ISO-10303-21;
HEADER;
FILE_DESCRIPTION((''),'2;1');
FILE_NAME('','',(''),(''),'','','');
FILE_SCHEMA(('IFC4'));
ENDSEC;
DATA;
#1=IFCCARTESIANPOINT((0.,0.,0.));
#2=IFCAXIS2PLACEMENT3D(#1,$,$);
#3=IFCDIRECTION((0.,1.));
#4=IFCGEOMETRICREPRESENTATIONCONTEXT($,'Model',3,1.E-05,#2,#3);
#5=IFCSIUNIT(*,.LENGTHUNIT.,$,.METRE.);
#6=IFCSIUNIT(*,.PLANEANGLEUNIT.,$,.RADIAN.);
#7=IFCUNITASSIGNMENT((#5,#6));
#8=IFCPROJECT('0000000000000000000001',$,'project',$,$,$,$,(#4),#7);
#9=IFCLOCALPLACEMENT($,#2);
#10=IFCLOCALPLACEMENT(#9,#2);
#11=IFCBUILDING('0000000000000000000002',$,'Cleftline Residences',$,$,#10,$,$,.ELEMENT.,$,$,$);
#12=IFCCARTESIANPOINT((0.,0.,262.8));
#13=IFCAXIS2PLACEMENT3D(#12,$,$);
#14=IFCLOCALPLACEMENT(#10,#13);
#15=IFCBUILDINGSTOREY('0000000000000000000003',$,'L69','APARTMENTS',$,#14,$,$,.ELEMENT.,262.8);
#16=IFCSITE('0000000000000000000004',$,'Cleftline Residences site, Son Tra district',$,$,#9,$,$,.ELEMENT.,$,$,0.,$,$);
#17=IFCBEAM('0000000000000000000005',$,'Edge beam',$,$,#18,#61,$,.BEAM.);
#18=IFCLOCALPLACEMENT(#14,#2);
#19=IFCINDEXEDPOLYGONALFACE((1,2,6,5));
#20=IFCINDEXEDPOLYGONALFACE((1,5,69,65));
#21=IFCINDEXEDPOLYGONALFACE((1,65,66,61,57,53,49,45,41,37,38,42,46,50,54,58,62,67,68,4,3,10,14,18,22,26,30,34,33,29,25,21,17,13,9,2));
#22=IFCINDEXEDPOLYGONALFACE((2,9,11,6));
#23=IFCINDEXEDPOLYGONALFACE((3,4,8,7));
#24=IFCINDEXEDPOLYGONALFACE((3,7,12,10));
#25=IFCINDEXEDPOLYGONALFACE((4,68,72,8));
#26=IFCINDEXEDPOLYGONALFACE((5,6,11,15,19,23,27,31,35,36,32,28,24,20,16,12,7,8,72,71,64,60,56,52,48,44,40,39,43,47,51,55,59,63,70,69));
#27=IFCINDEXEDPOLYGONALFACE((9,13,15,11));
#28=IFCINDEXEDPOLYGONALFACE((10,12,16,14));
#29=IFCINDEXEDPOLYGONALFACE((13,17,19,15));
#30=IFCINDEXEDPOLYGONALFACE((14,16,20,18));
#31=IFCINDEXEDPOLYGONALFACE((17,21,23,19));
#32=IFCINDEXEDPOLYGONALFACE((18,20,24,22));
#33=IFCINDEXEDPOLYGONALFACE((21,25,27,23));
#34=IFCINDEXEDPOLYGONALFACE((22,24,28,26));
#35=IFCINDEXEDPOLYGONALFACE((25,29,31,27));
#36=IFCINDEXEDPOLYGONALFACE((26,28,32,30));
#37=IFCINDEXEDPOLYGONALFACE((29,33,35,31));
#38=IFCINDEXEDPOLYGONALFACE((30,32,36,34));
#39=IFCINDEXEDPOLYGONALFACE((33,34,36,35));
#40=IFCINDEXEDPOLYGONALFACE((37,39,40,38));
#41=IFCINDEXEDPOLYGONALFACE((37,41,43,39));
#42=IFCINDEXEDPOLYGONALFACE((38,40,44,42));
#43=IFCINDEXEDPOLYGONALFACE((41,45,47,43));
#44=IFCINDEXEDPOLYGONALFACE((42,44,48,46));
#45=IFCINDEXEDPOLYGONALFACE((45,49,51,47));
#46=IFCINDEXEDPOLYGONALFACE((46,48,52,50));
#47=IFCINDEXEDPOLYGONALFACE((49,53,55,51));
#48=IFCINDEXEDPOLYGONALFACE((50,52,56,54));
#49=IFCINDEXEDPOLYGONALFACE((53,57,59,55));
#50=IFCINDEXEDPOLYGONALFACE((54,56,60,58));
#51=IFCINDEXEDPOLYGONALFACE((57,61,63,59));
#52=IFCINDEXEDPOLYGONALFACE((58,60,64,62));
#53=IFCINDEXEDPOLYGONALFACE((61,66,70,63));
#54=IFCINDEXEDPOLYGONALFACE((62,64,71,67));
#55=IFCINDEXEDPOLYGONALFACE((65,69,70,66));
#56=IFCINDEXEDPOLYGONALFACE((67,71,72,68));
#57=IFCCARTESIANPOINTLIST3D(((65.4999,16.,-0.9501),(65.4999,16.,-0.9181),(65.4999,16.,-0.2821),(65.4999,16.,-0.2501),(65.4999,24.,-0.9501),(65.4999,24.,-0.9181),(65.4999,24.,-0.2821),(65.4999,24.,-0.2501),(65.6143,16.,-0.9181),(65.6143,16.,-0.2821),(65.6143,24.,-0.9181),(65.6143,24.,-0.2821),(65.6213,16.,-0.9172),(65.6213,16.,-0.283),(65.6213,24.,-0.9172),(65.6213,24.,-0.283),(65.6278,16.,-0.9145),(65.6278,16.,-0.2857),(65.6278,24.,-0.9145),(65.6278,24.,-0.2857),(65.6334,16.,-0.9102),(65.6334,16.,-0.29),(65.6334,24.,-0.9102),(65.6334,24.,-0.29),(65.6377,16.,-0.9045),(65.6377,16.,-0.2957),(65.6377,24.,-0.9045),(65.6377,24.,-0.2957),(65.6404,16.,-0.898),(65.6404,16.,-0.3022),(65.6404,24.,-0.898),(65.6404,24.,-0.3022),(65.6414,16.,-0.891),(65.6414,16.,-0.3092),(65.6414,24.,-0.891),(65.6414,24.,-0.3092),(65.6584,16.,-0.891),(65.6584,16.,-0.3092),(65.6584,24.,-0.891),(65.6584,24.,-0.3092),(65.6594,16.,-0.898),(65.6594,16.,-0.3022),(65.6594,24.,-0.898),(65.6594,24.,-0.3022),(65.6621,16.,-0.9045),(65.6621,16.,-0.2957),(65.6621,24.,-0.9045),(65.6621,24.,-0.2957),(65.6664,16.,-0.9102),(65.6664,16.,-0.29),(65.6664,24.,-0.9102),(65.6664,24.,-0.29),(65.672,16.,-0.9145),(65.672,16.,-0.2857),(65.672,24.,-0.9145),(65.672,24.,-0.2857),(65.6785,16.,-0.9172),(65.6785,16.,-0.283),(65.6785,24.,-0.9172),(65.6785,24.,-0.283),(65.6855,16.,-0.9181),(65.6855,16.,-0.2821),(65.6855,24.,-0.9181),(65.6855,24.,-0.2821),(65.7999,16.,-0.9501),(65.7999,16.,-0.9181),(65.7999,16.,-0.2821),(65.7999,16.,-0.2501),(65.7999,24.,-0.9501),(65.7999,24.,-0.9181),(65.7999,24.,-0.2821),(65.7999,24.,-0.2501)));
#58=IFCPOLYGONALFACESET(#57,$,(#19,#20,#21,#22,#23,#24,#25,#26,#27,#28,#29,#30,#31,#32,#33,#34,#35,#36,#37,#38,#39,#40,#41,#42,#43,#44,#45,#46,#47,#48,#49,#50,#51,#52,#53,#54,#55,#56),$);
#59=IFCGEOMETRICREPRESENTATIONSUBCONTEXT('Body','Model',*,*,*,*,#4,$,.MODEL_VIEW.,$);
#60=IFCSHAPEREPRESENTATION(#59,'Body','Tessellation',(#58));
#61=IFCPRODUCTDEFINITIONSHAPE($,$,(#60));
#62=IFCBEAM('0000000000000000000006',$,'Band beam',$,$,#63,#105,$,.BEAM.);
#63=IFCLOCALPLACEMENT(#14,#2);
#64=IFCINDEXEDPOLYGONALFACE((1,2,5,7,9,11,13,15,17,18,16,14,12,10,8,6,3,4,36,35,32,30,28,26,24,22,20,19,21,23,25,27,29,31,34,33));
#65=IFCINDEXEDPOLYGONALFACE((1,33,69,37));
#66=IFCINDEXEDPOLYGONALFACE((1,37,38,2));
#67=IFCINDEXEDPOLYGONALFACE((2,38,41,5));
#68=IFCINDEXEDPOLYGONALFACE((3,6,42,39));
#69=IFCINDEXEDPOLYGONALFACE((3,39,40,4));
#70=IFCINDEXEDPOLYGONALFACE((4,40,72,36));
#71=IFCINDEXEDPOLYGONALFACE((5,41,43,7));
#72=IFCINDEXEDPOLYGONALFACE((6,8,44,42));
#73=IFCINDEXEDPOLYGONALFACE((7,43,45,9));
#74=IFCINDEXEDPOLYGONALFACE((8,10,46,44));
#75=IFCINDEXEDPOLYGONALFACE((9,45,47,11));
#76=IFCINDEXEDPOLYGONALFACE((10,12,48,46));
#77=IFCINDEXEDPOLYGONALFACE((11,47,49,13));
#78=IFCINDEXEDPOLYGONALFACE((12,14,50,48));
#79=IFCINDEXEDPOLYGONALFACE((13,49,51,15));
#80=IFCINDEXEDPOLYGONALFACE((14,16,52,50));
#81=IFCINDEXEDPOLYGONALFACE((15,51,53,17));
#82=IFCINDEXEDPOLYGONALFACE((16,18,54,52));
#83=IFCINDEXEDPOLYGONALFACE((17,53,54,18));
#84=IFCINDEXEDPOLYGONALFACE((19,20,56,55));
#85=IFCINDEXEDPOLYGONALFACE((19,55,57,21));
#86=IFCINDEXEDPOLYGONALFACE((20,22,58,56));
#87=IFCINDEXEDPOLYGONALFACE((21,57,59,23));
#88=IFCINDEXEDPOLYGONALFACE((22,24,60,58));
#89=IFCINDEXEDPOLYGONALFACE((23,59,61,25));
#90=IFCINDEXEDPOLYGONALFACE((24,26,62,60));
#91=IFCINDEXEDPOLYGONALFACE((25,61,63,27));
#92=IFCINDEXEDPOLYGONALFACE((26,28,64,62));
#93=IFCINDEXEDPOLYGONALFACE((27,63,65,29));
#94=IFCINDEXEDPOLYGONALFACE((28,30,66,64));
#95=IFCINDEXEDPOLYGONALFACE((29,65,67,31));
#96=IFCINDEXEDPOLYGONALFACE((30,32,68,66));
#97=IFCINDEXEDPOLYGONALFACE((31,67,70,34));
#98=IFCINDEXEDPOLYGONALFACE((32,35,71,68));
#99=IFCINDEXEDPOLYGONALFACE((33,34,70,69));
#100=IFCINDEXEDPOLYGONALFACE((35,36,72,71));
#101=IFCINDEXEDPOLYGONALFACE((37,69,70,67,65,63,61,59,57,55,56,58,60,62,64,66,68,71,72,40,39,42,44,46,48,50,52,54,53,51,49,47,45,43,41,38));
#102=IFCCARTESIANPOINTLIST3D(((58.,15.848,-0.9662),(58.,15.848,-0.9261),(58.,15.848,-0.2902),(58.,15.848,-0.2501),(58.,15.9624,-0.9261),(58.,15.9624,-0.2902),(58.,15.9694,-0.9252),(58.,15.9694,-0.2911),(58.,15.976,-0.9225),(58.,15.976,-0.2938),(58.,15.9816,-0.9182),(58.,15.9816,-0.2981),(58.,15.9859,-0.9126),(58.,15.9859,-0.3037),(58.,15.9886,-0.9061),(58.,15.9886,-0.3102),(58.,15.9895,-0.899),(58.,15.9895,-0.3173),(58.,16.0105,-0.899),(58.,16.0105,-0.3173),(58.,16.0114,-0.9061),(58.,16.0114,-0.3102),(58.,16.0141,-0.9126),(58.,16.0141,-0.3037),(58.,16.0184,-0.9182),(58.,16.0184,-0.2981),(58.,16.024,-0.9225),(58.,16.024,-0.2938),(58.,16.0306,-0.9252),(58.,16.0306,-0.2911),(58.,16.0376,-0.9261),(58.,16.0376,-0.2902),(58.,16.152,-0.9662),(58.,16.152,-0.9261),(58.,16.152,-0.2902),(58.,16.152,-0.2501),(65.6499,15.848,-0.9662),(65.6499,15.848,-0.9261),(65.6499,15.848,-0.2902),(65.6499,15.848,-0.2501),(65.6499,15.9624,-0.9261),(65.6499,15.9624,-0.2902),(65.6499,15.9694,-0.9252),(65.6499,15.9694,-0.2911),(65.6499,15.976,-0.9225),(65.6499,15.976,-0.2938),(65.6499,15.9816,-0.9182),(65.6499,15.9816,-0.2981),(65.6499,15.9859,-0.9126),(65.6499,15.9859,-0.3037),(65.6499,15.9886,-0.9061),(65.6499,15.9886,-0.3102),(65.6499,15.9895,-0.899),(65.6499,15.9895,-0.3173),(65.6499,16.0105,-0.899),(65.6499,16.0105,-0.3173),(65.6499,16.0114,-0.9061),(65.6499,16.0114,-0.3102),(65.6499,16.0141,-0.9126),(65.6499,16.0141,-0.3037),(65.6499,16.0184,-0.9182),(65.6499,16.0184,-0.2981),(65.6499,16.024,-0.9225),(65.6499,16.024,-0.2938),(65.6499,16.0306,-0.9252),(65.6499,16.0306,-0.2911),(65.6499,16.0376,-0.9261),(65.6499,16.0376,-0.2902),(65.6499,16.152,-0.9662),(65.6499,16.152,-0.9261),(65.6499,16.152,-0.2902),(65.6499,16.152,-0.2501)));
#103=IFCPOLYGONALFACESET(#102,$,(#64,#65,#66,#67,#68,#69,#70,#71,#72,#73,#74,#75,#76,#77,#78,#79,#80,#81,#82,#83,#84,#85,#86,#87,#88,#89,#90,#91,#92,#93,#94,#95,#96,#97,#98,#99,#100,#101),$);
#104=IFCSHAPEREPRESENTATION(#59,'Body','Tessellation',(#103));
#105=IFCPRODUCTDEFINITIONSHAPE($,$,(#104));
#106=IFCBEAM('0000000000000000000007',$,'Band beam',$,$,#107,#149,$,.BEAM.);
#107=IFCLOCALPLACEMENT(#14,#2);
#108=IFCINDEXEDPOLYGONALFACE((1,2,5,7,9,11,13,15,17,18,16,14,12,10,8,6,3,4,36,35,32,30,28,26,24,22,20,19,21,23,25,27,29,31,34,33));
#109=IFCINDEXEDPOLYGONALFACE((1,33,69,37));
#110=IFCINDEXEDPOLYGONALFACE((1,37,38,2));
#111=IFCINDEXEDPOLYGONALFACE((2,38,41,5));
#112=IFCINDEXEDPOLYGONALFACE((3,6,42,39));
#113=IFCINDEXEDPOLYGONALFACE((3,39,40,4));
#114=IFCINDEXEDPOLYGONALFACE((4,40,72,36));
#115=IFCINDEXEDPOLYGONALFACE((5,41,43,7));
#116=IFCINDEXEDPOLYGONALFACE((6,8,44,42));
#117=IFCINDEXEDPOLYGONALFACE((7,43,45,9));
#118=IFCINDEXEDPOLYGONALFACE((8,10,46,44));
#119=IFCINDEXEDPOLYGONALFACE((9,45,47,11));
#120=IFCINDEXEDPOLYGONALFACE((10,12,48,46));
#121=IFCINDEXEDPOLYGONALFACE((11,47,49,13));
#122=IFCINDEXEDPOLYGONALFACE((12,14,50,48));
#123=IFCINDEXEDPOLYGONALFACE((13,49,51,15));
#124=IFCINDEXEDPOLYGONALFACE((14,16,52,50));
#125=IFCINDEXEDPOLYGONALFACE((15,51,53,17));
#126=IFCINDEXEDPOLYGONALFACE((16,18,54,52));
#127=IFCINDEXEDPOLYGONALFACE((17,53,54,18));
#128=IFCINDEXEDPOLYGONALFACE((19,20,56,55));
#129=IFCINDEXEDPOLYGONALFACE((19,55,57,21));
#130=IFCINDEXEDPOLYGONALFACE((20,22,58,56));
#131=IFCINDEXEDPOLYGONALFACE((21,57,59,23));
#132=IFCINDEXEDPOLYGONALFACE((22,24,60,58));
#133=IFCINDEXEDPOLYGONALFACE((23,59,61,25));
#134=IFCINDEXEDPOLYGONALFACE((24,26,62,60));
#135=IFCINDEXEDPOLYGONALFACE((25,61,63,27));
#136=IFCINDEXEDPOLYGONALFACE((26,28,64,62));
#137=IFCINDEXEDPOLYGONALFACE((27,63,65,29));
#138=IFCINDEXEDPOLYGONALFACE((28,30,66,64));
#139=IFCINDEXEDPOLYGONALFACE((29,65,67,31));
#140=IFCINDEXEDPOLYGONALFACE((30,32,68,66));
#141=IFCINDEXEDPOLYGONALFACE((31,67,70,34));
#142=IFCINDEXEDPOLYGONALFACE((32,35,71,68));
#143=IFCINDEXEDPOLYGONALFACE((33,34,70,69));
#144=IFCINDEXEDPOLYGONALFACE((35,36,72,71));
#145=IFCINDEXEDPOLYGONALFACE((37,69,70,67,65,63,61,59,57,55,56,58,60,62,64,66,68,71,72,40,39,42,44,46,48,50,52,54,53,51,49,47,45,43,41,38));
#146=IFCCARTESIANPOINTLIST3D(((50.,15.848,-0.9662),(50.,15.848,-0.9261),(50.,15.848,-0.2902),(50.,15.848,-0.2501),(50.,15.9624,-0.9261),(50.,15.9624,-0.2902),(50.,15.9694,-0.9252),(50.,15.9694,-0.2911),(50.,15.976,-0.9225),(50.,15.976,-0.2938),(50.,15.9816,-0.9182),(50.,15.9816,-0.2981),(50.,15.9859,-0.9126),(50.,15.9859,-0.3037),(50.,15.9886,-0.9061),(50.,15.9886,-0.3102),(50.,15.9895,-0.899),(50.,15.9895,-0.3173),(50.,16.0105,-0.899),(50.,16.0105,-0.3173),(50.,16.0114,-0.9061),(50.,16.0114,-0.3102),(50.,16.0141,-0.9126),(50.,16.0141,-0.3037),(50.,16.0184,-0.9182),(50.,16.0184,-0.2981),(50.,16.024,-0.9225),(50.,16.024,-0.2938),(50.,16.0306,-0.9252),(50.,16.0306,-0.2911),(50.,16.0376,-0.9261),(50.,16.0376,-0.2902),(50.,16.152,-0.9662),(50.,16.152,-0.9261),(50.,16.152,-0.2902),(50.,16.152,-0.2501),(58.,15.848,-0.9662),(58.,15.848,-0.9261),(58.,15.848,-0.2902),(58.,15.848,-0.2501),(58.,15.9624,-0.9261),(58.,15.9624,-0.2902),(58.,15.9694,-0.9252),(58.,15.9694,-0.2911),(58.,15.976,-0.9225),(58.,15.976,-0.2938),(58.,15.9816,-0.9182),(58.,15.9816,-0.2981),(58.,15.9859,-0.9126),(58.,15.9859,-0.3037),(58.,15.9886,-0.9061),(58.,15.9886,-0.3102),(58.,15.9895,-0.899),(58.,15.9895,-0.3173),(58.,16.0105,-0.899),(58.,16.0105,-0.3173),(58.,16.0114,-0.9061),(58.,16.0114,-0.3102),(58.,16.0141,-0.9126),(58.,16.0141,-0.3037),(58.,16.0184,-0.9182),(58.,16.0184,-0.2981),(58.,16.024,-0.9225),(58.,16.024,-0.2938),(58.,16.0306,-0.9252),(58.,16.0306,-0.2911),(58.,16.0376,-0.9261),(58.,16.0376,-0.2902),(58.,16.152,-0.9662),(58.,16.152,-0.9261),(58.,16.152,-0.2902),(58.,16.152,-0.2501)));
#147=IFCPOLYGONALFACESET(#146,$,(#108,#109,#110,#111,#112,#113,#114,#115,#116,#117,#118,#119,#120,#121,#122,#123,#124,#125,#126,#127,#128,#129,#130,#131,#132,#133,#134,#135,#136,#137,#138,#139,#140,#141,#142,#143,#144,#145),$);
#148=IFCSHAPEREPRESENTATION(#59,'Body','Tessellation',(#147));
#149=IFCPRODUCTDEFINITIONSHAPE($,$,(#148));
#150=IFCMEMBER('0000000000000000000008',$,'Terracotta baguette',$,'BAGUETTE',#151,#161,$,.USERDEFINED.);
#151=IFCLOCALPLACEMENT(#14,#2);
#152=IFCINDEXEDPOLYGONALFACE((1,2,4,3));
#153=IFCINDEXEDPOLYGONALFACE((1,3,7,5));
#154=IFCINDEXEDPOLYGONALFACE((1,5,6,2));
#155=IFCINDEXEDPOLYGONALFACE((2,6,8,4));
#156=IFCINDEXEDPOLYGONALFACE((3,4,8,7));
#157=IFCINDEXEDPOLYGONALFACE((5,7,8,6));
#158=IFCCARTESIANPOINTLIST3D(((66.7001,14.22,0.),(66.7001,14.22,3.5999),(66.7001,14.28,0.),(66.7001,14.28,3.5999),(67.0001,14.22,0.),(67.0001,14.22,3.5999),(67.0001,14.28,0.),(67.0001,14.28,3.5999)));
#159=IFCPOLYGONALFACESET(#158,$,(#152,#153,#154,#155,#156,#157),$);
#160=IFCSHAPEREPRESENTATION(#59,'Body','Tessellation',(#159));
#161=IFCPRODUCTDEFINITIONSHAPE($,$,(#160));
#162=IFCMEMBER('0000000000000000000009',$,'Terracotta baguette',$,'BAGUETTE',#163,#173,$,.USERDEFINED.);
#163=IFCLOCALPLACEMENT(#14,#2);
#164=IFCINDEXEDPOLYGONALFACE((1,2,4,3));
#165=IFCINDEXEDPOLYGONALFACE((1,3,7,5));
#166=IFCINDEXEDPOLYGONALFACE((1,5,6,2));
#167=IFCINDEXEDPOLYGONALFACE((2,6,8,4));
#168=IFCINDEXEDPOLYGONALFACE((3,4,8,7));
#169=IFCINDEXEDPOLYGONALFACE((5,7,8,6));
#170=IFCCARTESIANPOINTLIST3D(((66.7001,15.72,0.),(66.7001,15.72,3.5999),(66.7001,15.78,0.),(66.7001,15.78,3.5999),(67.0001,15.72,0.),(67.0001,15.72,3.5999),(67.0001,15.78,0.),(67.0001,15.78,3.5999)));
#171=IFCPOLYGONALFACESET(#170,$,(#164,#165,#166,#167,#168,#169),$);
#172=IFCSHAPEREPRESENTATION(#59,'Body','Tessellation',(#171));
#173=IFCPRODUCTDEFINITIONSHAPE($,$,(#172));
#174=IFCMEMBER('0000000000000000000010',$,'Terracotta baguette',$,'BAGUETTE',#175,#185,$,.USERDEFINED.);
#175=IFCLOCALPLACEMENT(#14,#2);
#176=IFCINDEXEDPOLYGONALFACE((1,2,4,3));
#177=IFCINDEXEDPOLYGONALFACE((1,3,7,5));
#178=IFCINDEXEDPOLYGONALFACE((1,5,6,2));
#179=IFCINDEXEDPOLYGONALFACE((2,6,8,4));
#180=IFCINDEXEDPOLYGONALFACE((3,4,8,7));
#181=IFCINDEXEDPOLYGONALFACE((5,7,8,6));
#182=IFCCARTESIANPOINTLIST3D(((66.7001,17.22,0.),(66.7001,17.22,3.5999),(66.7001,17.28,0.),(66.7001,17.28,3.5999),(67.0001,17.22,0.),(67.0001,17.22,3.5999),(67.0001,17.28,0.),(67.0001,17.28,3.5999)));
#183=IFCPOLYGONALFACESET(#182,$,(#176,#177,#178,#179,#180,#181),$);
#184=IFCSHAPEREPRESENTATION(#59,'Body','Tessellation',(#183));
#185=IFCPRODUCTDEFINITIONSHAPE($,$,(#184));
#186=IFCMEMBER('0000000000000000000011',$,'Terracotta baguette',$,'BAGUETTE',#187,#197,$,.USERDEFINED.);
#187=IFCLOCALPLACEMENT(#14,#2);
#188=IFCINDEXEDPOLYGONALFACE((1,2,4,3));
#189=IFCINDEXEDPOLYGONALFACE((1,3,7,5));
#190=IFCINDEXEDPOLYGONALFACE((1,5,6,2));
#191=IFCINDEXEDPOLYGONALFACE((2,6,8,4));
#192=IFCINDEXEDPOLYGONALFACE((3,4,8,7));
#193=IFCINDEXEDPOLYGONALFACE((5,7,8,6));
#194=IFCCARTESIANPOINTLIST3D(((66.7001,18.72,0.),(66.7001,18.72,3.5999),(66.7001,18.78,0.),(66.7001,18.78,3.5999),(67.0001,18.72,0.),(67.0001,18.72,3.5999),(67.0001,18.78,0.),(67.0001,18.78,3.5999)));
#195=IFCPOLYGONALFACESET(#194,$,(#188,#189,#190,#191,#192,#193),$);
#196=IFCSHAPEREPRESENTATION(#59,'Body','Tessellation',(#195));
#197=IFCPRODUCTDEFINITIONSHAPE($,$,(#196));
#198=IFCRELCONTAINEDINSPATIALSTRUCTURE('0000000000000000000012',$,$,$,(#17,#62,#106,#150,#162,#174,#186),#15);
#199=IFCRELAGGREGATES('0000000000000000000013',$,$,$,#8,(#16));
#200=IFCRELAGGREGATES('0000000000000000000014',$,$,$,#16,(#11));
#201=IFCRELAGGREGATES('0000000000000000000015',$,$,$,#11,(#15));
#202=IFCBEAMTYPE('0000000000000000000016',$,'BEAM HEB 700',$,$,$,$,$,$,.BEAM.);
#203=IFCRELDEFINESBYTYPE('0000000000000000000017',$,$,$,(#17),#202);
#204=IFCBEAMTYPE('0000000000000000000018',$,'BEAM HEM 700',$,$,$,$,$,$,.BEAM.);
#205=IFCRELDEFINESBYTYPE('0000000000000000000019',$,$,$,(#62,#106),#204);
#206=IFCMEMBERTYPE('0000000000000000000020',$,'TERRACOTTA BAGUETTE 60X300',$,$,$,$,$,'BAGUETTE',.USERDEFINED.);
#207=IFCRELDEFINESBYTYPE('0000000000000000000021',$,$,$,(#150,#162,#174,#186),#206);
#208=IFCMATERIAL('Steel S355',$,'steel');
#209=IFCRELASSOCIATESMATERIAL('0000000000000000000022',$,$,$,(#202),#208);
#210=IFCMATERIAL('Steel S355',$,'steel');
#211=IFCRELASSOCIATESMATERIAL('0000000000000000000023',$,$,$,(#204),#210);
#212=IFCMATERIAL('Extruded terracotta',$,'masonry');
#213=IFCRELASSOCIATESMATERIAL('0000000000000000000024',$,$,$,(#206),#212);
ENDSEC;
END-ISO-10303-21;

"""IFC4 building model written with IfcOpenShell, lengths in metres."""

from ifc_helpers import new_model, si_unit, direction, frame, origin, origin_2d, place, context, subcontext, project, spatial, rectangle, i_section, extrude, material, material_profile, profile_set, type_object, element, save


model = new_model("IFC4")

# Units and contexts
model_context = context("Model", 3, precision=1e-05, world=origin(), true_north=direction((0.0, 1.0)))
body_context = subcontext(model_context, "Body", "Model", "MODEL_VIEW")
ifc_project = project(units=[si_unit("LENGTHUNIT", "METRE"), si_unit("PLANEANGLEUNIT", "RADIAN")], contexts=[model_context])

# Site, building, storey
site_placement = place(None, origin())
site = spatial("IfcSite", under=ifc_project, at=site_placement, Name="Cleftline Residences site, Son Tra district", CompositionType="ELEMENT", RefElevation=0.0)
building_placement = place(site_placement, origin())
building = spatial("IfcBuilding", under=site, at=building_placement, Name="Cleftline Residences", CompositionType="ELEMENT")
storey_placement = place(building_placement, frame((0.0, 0.0, 262.8)))
storey = spatial("IfcBuildingStorey", under=building, at=storey_placement, Name="L69", Description="APARTMENTS", CompositionType="ELEMENT", Elevation=262.8)

# Beams
ifc_material_1 = material(Name="Steel S355", Category="steel")
ifc_material_profile_1 = material_profile(ifc_material_1, i_section(OverallWidth=0.3, OverallDepth=0.7, WebThickness=0.0171, FlangeThickness=0.032, FilletRadius=0.0271, at=origin_2d()))
ifc_profile_set_1 = profile_set([ifc_material_profile_1], Name="Steel S355")
beam_type_1 = type_object("IfcBeamType", Name="BEAM HEB 700", PredefinedType="BEAM", material=ifc_profile_set_1)
beam_1_placement = place(storey_placement, frame((65.6499, 16.0, -0.6001), z_axis=(0.0, 1.0, 0.0), x_axis=(-1.0, 0.0, 0.0)))
element("IfcBeam", 1, at=beam_1_placement, inside=storey, type_object=beam_type_1, Name="Edge beam", PredefinedType="BEAM", context=body_context, shape_type="SweptSolid", body=[
    extrude(i_section(OverallWidth=0.3, OverallDepth=0.7, WebThickness=0.0171, FlangeThickness=0.032, FilletRadius=0.0271, at=origin_2d()), origin(), (0.0, 0.0, 1.0), 8.0),
])
ifc_material_2 = material(Name="Steel S355", Category="steel")
ifc_material_profile_2 = material_profile(ifc_material_2, i_section(OverallWidth=0.304, OverallDepth=0.7161, WebThickness=0.021, FlangeThickness=0.04, FilletRadius=0.0271, at=origin_2d()))
ifc_profile_set_2 = profile_set([ifc_material_profile_2], Name="Steel S355")
beam_type_2 = type_object("IfcBeamType", Name="BEAM HEM 700", PredefinedType="BEAM", material=ifc_profile_set_2)
beam_2_placement = place(storey_placement, frame((65.6499, 16.0, -0.6082), z_axis=(-1.0, 0.0, 0.0), x_axis=(0.0, -1.0, 0.0)))
element("IfcBeam", 2, at=beam_2_placement, inside=storey, type_object=beam_type_2, Name="Band beam", PredefinedType="BEAM", context=body_context, shape_type="SweptSolid", body=[
    extrude(i_section(OverallWidth=0.304, OverallDepth=0.7161, WebThickness=0.021, FlangeThickness=0.04, FilletRadius=0.0271, at=origin_2d()), origin(), (0.0, 0.0, 1.0), 7.6499),
])
beam_3_placement = place(storey_placement, frame((58.0, 16.0, -0.6082), z_axis=(-1.0, 0.0, 0.0), x_axis=(0.0, -1.0, 0.0)))
element("IfcBeam", 3, at=beam_3_placement, inside=storey, type_object=beam_type_2, Name="Band beam", PredefinedType="BEAM", context=body_context, shape_type="SweptSolid", body=[
    extrude(i_section(OverallWidth=0.304, OverallDepth=0.7161, WebThickness=0.021, FlangeThickness=0.04, FilletRadius=0.0271, at=origin_2d()), origin(), (0.0, 0.0, 1.0), 8.0),
])

# Members
ifc_material_3 = material(Name="Extruded terracotta", Category="masonry")
ifc_material_profile_3 = material_profile(ifc_material_3, rectangle(XDim=0.0601, YDim=0.3, at=origin_2d()))
ifc_profile_set_3 = profile_set([ifc_material_profile_3], Name="Extruded terracotta")
member_type_1 = type_object("IfcMemberType", Name="TERRACOTTA BAGUETTE 60X300", ElementType="BAGUETTE", PredefinedType="USERDEFINED", material=ifc_profile_set_3)
for number, where, z_axis, x_axis, name in (
    (4, (66.8501, 14.25, 0.0), (0.0, 0.0, 1.0), (0.0, 1.0, 0.0), "Terracotta baguette"),
    (5, (66.8501, 15.75, 0.0), (0.0, 0.0, 1.0), (0.0, 1.0, 0.0), "Terracotta baguette"),
    (6, (66.8501, 17.25, 0.0), (0.0, 0.0, 1.0), (0.0, 1.0, 0.0), "Terracotta baguette"),
    (7, (66.8501, 18.75, 0.0), (0.0, 0.0, 1.0), (0.0, 1.0, 0.0), "Terracotta baguette"),
):
    element("IfcMember", number, at=place(storey_placement, frame(where, z_axis=z_axis, x_axis=x_axis)), inside=storey, type_object=member_type_1, Name=name, ObjectType="BAGUETTE", PredefinedType="USERDEFINED", context=body_context, shape_type="SweptSolid", body=[
        extrude(rectangle(XDim=0.0601, YDim=0.3, at=origin_2d()), origin(), (0.0, 0.0, 1.0), 3.5999),
    ])

save(model, "model.ifc")
